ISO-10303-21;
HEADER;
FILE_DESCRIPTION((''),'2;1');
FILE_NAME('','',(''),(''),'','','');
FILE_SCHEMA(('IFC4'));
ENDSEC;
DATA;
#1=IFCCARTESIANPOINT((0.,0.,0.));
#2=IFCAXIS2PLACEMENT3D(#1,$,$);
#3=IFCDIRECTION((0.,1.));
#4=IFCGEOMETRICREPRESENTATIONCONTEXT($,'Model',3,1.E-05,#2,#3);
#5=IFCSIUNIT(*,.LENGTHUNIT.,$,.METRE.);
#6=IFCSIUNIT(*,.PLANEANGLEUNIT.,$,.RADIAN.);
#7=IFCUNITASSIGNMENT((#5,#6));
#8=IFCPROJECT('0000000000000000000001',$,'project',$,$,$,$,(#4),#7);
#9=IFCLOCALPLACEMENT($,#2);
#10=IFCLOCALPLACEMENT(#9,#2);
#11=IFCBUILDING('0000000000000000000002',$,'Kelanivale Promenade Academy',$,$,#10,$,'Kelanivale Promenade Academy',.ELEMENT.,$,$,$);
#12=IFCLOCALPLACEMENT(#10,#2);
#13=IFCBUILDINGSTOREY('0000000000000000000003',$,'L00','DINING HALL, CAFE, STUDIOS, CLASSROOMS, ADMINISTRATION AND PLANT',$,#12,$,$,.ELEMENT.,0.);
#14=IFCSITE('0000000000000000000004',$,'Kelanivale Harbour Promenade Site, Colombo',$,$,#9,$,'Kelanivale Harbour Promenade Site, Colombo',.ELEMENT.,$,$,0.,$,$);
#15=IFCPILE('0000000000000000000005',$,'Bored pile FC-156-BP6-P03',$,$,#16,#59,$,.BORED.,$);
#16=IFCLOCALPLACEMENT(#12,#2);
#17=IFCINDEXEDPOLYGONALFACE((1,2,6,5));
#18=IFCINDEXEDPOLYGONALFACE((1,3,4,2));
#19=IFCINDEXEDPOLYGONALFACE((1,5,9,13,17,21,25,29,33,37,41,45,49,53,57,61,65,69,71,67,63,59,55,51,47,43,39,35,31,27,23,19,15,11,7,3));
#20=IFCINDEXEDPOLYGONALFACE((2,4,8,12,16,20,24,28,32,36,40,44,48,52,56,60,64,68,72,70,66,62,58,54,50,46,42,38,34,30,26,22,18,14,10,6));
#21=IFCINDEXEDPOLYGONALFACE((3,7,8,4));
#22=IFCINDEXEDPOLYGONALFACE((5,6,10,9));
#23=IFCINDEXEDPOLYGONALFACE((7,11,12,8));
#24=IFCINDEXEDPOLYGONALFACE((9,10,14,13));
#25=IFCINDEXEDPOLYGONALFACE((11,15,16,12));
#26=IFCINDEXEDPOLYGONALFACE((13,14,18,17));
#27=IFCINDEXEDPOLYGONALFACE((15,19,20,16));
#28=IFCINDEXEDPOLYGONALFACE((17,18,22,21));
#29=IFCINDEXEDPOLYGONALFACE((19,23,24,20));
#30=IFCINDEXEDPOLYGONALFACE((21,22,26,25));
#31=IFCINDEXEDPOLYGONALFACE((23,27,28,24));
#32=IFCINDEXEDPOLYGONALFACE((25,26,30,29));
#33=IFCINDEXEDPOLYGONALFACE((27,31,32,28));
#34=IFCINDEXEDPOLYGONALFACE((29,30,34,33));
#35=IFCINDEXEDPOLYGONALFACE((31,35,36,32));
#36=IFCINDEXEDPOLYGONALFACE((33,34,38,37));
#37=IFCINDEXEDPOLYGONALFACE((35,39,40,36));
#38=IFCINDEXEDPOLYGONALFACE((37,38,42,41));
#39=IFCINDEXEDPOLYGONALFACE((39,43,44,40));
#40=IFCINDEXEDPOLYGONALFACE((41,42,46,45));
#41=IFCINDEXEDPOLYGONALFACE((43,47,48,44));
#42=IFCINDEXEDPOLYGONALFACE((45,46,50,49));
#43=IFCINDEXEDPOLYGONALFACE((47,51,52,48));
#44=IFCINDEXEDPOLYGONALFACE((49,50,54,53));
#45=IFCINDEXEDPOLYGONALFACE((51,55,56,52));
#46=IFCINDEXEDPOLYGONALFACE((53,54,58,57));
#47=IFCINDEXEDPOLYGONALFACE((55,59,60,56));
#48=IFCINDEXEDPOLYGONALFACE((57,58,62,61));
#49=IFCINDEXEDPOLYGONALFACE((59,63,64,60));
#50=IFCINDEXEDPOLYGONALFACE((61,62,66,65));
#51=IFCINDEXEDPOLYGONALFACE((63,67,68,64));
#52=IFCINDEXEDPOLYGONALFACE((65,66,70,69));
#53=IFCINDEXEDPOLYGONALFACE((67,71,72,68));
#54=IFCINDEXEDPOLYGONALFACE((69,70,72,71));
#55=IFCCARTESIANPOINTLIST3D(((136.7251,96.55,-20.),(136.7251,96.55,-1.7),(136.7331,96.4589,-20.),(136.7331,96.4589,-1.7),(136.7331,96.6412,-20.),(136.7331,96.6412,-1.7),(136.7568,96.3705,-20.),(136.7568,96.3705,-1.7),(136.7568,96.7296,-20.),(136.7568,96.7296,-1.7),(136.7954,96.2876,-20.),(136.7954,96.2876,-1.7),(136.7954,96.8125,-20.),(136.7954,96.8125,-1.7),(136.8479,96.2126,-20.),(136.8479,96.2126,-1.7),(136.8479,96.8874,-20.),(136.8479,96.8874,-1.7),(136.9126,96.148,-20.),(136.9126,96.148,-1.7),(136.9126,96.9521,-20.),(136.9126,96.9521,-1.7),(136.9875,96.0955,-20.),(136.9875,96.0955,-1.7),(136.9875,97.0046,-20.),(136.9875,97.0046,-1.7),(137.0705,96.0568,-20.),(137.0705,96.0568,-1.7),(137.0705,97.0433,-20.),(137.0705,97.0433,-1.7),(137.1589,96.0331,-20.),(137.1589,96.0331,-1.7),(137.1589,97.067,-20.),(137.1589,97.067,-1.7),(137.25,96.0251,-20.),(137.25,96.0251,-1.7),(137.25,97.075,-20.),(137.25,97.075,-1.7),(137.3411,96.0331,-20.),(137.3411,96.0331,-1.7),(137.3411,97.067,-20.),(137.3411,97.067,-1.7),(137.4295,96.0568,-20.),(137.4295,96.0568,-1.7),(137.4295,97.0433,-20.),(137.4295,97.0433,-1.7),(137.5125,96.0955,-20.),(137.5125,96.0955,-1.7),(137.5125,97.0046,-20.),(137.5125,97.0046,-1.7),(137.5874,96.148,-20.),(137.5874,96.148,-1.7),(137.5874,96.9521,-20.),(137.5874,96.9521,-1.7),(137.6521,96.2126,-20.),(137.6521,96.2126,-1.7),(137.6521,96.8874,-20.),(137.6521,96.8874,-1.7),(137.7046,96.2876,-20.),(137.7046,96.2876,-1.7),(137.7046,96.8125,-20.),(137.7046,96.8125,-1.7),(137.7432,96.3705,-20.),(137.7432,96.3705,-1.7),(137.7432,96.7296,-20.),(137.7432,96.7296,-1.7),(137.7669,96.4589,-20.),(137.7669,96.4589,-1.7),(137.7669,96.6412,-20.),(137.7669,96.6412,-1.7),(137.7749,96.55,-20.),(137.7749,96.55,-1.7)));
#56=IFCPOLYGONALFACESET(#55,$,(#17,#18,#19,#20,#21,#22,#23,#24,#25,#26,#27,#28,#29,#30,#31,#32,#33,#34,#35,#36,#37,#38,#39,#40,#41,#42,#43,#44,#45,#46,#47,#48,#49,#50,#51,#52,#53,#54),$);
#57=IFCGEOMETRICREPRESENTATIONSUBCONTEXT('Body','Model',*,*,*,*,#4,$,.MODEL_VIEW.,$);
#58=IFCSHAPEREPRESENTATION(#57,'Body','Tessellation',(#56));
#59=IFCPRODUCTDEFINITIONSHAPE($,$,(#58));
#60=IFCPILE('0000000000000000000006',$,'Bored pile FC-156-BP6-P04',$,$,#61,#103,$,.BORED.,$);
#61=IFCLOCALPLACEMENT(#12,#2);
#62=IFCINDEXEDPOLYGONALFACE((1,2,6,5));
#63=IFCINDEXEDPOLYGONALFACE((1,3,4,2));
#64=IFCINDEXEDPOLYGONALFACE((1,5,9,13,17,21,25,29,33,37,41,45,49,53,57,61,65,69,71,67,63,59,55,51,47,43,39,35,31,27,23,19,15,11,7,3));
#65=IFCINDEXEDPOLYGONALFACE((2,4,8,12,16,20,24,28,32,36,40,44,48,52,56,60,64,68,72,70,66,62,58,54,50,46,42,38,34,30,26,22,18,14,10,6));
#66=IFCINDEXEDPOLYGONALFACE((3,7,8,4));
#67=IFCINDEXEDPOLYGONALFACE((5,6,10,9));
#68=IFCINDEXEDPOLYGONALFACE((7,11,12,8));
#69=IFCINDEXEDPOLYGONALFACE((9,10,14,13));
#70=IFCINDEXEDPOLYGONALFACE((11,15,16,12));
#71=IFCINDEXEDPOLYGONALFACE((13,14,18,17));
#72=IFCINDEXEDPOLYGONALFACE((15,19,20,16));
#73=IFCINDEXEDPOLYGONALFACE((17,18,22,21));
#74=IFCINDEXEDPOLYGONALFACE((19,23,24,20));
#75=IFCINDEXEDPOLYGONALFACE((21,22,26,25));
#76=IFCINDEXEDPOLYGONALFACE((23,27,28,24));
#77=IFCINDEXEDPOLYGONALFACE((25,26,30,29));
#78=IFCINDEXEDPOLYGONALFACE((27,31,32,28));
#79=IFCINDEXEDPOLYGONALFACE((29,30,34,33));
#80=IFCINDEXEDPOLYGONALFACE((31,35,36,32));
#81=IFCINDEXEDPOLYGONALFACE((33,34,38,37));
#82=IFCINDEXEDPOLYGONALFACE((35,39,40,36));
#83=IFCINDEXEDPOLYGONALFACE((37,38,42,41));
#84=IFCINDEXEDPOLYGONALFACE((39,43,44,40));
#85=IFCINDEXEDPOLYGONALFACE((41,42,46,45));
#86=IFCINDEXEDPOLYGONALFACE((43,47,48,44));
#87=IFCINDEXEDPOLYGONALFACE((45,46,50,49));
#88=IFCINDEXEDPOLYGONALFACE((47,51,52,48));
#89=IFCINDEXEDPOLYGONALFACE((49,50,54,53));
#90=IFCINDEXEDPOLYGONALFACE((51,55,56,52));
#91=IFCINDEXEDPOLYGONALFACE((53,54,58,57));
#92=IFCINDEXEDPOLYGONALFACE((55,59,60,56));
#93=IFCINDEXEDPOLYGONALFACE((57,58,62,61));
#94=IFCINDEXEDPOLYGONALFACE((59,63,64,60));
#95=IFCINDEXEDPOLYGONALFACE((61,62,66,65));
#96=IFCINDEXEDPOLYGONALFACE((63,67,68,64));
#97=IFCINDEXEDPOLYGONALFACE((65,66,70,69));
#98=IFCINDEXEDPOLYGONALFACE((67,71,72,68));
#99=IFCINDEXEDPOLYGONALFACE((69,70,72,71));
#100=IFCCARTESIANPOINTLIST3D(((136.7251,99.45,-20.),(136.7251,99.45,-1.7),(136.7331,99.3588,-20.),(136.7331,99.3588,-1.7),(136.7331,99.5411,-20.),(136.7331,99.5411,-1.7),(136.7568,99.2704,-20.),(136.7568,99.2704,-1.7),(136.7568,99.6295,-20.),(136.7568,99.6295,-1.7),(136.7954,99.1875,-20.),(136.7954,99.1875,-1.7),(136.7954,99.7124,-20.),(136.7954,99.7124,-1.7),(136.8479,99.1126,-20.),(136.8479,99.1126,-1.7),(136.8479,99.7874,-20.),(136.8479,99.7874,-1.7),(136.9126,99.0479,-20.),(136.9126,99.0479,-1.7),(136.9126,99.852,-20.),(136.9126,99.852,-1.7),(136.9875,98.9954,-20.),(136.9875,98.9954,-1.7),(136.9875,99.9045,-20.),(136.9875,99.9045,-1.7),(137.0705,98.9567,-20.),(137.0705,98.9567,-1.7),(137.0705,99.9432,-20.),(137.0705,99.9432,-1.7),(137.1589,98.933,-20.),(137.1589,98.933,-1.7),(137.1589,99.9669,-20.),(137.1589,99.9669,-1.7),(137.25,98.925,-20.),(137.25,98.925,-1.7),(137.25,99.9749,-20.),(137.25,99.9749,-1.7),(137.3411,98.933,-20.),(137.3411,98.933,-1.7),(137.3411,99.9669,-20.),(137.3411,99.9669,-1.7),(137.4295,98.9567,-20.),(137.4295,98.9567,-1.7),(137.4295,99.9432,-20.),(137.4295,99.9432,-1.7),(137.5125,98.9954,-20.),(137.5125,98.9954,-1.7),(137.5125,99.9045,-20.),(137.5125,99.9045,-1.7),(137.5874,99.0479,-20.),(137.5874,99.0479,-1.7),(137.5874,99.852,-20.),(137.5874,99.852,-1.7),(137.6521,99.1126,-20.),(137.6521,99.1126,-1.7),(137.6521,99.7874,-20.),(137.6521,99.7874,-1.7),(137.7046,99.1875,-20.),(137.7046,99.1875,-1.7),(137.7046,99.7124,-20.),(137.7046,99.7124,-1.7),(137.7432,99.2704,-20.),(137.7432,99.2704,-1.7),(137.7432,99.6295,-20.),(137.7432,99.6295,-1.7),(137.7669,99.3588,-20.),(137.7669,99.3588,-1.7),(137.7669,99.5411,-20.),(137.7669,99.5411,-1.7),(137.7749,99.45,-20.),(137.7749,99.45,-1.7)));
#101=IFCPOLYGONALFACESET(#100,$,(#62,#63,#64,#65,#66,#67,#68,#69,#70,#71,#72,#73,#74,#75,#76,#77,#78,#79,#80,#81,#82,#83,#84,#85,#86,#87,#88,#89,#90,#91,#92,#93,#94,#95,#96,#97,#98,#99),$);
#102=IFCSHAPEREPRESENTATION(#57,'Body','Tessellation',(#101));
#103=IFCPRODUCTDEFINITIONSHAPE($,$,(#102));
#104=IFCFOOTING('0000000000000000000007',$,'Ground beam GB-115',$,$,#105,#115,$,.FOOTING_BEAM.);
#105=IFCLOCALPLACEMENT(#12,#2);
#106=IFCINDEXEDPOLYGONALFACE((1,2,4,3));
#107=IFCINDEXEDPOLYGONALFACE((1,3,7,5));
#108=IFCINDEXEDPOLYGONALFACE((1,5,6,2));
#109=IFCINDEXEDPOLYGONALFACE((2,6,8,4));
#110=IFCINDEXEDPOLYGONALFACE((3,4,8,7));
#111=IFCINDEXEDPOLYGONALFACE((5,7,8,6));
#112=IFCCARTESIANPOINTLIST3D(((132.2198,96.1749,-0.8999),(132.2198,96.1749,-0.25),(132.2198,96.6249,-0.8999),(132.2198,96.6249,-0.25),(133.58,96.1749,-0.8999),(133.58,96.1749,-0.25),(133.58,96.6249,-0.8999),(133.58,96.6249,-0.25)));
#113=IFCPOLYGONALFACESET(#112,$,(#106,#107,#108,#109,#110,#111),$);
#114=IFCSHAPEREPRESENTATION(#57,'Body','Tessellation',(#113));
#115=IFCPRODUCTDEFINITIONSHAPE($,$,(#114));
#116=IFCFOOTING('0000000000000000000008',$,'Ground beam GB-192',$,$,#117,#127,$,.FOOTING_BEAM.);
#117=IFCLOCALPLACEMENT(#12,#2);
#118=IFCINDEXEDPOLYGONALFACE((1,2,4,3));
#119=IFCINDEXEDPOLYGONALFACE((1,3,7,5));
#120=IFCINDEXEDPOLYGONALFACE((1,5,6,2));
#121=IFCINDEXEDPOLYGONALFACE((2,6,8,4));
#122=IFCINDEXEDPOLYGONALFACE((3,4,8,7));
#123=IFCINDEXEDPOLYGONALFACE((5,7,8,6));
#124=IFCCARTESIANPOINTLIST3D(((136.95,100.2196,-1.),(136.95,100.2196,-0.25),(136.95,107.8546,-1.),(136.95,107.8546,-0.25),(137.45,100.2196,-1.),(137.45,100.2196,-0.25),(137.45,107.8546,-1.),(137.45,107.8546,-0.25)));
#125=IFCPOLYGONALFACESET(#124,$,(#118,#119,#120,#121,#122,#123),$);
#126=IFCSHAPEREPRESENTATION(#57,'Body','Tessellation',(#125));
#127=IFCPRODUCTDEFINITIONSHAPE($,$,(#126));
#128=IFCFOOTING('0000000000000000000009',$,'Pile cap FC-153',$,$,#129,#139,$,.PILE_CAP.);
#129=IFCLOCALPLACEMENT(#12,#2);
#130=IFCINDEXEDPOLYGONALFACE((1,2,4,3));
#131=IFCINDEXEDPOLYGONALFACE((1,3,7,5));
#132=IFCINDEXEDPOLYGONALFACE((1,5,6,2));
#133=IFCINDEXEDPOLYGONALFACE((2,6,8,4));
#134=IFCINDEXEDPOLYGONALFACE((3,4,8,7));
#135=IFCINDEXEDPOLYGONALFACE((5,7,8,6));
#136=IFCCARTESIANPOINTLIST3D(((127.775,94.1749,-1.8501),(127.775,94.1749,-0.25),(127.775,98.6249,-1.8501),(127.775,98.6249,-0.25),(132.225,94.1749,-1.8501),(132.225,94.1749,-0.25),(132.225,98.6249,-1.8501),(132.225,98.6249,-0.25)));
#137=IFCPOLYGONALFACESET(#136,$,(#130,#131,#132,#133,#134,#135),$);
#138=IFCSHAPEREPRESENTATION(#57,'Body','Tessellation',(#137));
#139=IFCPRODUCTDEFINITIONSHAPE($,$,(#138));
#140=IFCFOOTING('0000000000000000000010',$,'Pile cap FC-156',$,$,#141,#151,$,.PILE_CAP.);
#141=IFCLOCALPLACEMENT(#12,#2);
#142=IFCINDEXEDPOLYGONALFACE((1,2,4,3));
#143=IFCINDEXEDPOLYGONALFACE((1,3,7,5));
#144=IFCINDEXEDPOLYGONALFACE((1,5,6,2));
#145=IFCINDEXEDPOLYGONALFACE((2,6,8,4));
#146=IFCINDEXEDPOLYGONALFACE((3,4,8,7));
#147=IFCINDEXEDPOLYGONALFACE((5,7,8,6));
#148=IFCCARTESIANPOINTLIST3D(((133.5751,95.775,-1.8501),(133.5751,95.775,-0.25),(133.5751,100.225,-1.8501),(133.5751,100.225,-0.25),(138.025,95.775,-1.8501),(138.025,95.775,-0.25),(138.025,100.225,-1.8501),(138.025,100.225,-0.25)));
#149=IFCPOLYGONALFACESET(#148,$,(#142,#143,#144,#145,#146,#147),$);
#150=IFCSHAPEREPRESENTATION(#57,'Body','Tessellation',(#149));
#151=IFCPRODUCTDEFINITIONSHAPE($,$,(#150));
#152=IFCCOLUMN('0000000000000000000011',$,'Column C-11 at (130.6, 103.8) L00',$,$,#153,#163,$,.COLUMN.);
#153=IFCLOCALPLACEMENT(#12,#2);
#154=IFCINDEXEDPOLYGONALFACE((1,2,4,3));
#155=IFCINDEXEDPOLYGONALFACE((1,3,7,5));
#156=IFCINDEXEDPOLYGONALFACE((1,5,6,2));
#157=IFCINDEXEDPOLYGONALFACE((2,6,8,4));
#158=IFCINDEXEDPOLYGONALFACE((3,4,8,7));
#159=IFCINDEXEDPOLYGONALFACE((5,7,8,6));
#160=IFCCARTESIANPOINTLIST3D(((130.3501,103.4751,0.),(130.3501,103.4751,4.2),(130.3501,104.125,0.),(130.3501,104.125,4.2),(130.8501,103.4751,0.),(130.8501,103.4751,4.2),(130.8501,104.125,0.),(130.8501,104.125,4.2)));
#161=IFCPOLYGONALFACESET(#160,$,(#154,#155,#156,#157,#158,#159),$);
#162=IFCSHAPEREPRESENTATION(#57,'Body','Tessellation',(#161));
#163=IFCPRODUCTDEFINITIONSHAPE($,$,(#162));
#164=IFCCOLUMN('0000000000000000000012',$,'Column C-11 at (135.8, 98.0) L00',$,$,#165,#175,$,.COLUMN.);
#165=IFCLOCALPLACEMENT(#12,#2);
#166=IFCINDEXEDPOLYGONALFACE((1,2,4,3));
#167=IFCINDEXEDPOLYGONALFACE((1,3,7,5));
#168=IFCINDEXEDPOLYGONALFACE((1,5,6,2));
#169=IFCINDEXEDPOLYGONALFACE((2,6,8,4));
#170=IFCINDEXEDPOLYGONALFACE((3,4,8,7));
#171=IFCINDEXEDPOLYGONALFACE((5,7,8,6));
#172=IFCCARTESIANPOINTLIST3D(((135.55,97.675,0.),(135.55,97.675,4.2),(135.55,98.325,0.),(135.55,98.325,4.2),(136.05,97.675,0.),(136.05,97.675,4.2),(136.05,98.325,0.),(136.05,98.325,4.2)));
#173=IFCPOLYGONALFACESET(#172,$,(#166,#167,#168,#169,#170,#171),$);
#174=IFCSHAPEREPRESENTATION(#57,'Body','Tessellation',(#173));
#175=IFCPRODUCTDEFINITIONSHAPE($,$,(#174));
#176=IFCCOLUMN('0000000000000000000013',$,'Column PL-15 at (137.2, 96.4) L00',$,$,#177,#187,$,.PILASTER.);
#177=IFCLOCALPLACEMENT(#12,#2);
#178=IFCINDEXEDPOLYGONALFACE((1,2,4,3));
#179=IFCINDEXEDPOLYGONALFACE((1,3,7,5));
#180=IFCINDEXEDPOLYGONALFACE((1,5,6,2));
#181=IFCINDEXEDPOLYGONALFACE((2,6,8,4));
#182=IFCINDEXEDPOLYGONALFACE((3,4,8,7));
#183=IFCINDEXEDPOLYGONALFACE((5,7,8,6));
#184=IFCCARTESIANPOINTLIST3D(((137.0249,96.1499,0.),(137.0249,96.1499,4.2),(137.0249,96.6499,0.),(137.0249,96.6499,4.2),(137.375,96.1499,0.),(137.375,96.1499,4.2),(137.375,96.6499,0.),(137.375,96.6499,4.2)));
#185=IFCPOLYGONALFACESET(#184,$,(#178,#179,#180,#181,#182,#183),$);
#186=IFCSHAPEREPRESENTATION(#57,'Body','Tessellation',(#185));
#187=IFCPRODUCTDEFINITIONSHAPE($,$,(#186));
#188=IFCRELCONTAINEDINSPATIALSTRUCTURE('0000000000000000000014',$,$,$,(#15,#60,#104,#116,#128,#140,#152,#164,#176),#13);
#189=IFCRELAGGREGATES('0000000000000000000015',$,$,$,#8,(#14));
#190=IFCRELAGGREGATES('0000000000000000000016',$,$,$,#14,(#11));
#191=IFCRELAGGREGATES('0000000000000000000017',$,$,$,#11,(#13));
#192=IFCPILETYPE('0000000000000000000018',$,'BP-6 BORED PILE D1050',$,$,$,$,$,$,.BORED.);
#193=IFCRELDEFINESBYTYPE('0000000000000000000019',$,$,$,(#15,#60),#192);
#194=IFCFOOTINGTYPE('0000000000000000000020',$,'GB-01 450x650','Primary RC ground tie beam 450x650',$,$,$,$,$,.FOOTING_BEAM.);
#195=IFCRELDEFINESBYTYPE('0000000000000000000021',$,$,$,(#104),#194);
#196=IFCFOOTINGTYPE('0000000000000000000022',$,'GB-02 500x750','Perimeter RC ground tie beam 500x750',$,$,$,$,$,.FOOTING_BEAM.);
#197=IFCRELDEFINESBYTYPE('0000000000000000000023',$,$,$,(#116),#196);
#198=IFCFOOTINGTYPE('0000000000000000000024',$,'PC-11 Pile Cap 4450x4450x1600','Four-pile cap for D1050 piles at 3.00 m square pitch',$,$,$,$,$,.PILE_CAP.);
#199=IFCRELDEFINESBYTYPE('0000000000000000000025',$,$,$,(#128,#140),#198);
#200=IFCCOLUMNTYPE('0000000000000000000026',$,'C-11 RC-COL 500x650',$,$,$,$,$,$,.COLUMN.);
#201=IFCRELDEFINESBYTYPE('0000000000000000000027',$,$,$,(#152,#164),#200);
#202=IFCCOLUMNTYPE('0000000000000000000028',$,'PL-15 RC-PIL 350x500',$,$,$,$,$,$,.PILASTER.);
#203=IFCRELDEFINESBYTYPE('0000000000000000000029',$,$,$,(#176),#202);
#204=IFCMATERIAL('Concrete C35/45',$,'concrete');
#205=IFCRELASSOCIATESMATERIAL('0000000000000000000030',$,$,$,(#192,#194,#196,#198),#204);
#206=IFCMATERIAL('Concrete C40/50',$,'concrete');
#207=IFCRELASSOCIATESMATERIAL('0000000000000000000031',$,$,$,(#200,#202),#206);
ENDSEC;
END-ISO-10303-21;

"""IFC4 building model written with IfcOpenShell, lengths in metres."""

from ifc_helpers import new_model, si_unit, direction, frame, origin, origin_2d, place, context, subcontext, project, spatial, rectangle, circle, extrude, material, material_profile, profile_set, type_object, element, save


model = new_model("IFC4")

# Units and contexts
model_context = context("Model", 3, precision=1e-05, world=origin(), true_north=direction((0.0, 1.0)))
body_context = subcontext(model_context, "Body", "Model", "MODEL_VIEW")
ifc_project = project(units=[si_unit("LENGTHUNIT", "METRE"), si_unit("PLANEANGLEUNIT", "RADIAN")], contexts=[model_context])

# Site, building, storey
site_placement = place(None, origin())
site = spatial("IfcSite", under=ifc_project, at=site_placement, Name="Kelanivale Harbour Promenade Site, Colombo", LongName="Kelanivale Harbour Promenade Site, Colombo", CompositionType="ELEMENT", RefElevation=0.0)
building_placement = place(site_placement, origin())
building = spatial("IfcBuilding", under=site, at=building_placement, Name="Kelanivale Promenade Academy", LongName="Kelanivale Promenade Academy", CompositionType="ELEMENT")
storey_placement = place(building_placement, origin())
storey = spatial("IfcBuildingStorey", under=building, at=storey_placement, Name="L00", Description="DINING HALL, CAFE, STUDIOS, CLASSROOMS, ADMINISTRATION AND PLANT", CompositionType="ELEMENT", Elevation=0.0)

# Piles
ifc_material_1 = material(Name="Concrete C35/45", Category="concrete")
ifc_material_profile_1 = material_profile(ifc_material_1, circle(Radius=0.5249, at=origin_2d()), Name="BORED PILE D1050")
ifc_profile_set_1 = profile_set([ifc_material_profile_1], Name="Concrete C35/45")
pile_type_1 = type_object("IfcPileType", Name="BP-6 BORED PILE D1050", PredefinedType="BORED", material=ifc_profile_set_1)
for number, where, z_axis, x_axis, name in (
    (1, (137.25, 96.55, -1.7), (0.0, 0.0, -1.0), (1.0, 0.0, 0.0), "Bored pile FC-156-BP6-P03"),
    (2, (137.25, 99.45, -1.7), (0.0, 0.0, -1.0), (1.0, 0.0, 0.0), "Bored pile FC-156-BP6-P04"),
):
    element("IfcPile", number, at=place(storey_placement, frame(where, z_axis=z_axis, x_axis=x_axis)), inside=storey, type_object=pile_type_1, Name=name, PredefinedType="BORED", context=body_context, shape_type="SweptSolid", body=[
        extrude(circle(Radius=0.5249, at=origin_2d()), origin(), (0.0, 0.0, 1.0), 18.3),
    ])

# Footings
footing_type_1 = type_object("IfcFootingType", Name="GB-01 450x650", Description="Primary RC ground tie beam 450x650", PredefinedType="FOOTING_BEAM", material=ifc_material_1)
footing_1_placement = place(storey_placement, frame((132.8999, 96.3999, -0.8999), z_axis=(0.0, 0.0, 1.0), x_axis=(1.0, 0.0, 0.0)))
element("IfcFooting", 3, at=footing_1_placement, inside=storey, type_object=footing_type_1, Name="Ground beam GB-115", PredefinedType="FOOTING_BEAM", context=body_context, shape_type="SweptSolid", body=[
    extrude(rectangle(XDim=1.3601, YDim=0.45, at=origin_2d()), origin(), (0.0, 0.0, 1.0), 0.6499),
])
footing_type_2 = type_object("IfcFootingType", Name="GB-02 500x750", Description="Perimeter RC ground tie beam 500x750", PredefinedType="FOOTING_BEAM", material=ifc_material_1)
footing_2_placement = place(storey_placement, frame((137.2, 104.0371, -1.0), z_axis=(0.0, 0.0, 1.0), x_axis=(0.0, 1.0, 0.0)))
element("IfcFooting", 4, at=footing_2_placement, inside=storey, type_object=footing_type_2, Name="Ground beam GB-192", PredefinedType="FOOTING_BEAM", context=body_context, shape_type="SweptSolid", body=[
    extrude(rectangle(XDim=7.635, YDim=0.5, at=origin_2d()), origin(), (0.0, 0.0, 1.0), 0.75),
])
footing_type_3 = type_object("IfcFootingType", Name="PC-11 Pile Cap 4450x4450x1600", Description="Four-pile cap for D1050 piles at 3.00 m square pitch", PredefinedType="PILE_CAP", material=ifc_material_1)
for number, where, z_axis, x_axis, name in (
    (5, (130.0, 96.3999, -1.8501), (0.0, 0.0, 1.0), (1.0, 0.0, 0.0), "Pile cap FC-153"),
    (6, (135.8, 98.0, -1.8501), (0.0, 0.0, 1.0), (1.0, 0.0, 0.0), "Pile cap FC-156"),
):
    element("IfcFooting", number, at=place(storey_placement, frame(where, z_axis=z_axis, x_axis=x_axis)), inside=storey, type_object=footing_type_3, Name=name, PredefinedType="PILE_CAP", context=body_context, shape_type="SweptSolid", body=[
        extrude(rectangle(XDim=4.45, YDim=4.45, at=origin_2d()), origin(), (0.0, 0.0, 1.0), 1.6001),
    ])

# Columns
ifc_material_2 = material(Name="Concrete C40/50", Category="concrete")
ifc_material_profile_2 = material_profile(ifc_material_2, rectangle(XDim=0.5, YDim=0.6499, at=origin_2d()), Name="RC-COL 500x650")
ifc_profile_set_2 = profile_set([ifc_material_profile_2], Name="Concrete C40/50")
column_type_1 = type_object("IfcColumnType", Name="C-11 RC-COL 500x650", PredefinedType="COLUMN", material=ifc_profile_set_2)
for number, where, z_axis, x_axis, name in (
    (7, (130.6001, 103.8, 0.0), (0.0, 0.0, 1.0), (1.0, 0.0, 0.0), "Column C-11 at (130.6, 103.8) L00"),
    (8, (135.8, 98.0, 0.0), (0.0, 0.0, 1.0), (1.0, 0.0, 0.0), "Column C-11 at (135.8, 98.0) L00"),
):
    element("IfcColumn", number, at=place(storey_placement, frame(where, z_axis=z_axis, x_axis=x_axis)), inside=storey, type_object=column_type_1, Name=name, PredefinedType="COLUMN", context=body_context, shape_type="SweptSolid", body=[
        extrude(rectangle(XDim=0.5, YDim=0.6499, at=origin_2d()), origin(), (0.0, 0.0, 1.0), 4.2),
    ])
ifc_material_profile_3 = material_profile(ifc_material_2, rectangle(XDim=0.3501, YDim=0.5, at=origin_2d()), Name="RC-PIL 350x500")
ifc_profile_set_3 = profile_set([ifc_material_profile_3], Name="Concrete C40/50")
column_type_2 = type_object("IfcColumnType", Name="PL-15 RC-PIL 350x500", PredefinedType="PILASTER", material=ifc_profile_set_3)
column_1_placement = place(storey_placement, frame((137.2, 96.3999, 0.0), z_axis=(0.0, 0.0, 1.0), x_axis=(1.0, 0.0, 0.0)))
element("IfcColumn", 9, at=column_1_placement, inside=storey, type_object=column_type_2, Name="Column PL-15 at (137.2, 96.4) L00", PredefinedType="PILASTER", context=body_context, shape_type="SweptSolid", body=[
    extrude(rectangle(XDim=0.3501, YDim=0.5, at=origin_2d()), origin(), (0.0, 0.0, 1.0), 4.2),
])

save(model, "model.ifc")
